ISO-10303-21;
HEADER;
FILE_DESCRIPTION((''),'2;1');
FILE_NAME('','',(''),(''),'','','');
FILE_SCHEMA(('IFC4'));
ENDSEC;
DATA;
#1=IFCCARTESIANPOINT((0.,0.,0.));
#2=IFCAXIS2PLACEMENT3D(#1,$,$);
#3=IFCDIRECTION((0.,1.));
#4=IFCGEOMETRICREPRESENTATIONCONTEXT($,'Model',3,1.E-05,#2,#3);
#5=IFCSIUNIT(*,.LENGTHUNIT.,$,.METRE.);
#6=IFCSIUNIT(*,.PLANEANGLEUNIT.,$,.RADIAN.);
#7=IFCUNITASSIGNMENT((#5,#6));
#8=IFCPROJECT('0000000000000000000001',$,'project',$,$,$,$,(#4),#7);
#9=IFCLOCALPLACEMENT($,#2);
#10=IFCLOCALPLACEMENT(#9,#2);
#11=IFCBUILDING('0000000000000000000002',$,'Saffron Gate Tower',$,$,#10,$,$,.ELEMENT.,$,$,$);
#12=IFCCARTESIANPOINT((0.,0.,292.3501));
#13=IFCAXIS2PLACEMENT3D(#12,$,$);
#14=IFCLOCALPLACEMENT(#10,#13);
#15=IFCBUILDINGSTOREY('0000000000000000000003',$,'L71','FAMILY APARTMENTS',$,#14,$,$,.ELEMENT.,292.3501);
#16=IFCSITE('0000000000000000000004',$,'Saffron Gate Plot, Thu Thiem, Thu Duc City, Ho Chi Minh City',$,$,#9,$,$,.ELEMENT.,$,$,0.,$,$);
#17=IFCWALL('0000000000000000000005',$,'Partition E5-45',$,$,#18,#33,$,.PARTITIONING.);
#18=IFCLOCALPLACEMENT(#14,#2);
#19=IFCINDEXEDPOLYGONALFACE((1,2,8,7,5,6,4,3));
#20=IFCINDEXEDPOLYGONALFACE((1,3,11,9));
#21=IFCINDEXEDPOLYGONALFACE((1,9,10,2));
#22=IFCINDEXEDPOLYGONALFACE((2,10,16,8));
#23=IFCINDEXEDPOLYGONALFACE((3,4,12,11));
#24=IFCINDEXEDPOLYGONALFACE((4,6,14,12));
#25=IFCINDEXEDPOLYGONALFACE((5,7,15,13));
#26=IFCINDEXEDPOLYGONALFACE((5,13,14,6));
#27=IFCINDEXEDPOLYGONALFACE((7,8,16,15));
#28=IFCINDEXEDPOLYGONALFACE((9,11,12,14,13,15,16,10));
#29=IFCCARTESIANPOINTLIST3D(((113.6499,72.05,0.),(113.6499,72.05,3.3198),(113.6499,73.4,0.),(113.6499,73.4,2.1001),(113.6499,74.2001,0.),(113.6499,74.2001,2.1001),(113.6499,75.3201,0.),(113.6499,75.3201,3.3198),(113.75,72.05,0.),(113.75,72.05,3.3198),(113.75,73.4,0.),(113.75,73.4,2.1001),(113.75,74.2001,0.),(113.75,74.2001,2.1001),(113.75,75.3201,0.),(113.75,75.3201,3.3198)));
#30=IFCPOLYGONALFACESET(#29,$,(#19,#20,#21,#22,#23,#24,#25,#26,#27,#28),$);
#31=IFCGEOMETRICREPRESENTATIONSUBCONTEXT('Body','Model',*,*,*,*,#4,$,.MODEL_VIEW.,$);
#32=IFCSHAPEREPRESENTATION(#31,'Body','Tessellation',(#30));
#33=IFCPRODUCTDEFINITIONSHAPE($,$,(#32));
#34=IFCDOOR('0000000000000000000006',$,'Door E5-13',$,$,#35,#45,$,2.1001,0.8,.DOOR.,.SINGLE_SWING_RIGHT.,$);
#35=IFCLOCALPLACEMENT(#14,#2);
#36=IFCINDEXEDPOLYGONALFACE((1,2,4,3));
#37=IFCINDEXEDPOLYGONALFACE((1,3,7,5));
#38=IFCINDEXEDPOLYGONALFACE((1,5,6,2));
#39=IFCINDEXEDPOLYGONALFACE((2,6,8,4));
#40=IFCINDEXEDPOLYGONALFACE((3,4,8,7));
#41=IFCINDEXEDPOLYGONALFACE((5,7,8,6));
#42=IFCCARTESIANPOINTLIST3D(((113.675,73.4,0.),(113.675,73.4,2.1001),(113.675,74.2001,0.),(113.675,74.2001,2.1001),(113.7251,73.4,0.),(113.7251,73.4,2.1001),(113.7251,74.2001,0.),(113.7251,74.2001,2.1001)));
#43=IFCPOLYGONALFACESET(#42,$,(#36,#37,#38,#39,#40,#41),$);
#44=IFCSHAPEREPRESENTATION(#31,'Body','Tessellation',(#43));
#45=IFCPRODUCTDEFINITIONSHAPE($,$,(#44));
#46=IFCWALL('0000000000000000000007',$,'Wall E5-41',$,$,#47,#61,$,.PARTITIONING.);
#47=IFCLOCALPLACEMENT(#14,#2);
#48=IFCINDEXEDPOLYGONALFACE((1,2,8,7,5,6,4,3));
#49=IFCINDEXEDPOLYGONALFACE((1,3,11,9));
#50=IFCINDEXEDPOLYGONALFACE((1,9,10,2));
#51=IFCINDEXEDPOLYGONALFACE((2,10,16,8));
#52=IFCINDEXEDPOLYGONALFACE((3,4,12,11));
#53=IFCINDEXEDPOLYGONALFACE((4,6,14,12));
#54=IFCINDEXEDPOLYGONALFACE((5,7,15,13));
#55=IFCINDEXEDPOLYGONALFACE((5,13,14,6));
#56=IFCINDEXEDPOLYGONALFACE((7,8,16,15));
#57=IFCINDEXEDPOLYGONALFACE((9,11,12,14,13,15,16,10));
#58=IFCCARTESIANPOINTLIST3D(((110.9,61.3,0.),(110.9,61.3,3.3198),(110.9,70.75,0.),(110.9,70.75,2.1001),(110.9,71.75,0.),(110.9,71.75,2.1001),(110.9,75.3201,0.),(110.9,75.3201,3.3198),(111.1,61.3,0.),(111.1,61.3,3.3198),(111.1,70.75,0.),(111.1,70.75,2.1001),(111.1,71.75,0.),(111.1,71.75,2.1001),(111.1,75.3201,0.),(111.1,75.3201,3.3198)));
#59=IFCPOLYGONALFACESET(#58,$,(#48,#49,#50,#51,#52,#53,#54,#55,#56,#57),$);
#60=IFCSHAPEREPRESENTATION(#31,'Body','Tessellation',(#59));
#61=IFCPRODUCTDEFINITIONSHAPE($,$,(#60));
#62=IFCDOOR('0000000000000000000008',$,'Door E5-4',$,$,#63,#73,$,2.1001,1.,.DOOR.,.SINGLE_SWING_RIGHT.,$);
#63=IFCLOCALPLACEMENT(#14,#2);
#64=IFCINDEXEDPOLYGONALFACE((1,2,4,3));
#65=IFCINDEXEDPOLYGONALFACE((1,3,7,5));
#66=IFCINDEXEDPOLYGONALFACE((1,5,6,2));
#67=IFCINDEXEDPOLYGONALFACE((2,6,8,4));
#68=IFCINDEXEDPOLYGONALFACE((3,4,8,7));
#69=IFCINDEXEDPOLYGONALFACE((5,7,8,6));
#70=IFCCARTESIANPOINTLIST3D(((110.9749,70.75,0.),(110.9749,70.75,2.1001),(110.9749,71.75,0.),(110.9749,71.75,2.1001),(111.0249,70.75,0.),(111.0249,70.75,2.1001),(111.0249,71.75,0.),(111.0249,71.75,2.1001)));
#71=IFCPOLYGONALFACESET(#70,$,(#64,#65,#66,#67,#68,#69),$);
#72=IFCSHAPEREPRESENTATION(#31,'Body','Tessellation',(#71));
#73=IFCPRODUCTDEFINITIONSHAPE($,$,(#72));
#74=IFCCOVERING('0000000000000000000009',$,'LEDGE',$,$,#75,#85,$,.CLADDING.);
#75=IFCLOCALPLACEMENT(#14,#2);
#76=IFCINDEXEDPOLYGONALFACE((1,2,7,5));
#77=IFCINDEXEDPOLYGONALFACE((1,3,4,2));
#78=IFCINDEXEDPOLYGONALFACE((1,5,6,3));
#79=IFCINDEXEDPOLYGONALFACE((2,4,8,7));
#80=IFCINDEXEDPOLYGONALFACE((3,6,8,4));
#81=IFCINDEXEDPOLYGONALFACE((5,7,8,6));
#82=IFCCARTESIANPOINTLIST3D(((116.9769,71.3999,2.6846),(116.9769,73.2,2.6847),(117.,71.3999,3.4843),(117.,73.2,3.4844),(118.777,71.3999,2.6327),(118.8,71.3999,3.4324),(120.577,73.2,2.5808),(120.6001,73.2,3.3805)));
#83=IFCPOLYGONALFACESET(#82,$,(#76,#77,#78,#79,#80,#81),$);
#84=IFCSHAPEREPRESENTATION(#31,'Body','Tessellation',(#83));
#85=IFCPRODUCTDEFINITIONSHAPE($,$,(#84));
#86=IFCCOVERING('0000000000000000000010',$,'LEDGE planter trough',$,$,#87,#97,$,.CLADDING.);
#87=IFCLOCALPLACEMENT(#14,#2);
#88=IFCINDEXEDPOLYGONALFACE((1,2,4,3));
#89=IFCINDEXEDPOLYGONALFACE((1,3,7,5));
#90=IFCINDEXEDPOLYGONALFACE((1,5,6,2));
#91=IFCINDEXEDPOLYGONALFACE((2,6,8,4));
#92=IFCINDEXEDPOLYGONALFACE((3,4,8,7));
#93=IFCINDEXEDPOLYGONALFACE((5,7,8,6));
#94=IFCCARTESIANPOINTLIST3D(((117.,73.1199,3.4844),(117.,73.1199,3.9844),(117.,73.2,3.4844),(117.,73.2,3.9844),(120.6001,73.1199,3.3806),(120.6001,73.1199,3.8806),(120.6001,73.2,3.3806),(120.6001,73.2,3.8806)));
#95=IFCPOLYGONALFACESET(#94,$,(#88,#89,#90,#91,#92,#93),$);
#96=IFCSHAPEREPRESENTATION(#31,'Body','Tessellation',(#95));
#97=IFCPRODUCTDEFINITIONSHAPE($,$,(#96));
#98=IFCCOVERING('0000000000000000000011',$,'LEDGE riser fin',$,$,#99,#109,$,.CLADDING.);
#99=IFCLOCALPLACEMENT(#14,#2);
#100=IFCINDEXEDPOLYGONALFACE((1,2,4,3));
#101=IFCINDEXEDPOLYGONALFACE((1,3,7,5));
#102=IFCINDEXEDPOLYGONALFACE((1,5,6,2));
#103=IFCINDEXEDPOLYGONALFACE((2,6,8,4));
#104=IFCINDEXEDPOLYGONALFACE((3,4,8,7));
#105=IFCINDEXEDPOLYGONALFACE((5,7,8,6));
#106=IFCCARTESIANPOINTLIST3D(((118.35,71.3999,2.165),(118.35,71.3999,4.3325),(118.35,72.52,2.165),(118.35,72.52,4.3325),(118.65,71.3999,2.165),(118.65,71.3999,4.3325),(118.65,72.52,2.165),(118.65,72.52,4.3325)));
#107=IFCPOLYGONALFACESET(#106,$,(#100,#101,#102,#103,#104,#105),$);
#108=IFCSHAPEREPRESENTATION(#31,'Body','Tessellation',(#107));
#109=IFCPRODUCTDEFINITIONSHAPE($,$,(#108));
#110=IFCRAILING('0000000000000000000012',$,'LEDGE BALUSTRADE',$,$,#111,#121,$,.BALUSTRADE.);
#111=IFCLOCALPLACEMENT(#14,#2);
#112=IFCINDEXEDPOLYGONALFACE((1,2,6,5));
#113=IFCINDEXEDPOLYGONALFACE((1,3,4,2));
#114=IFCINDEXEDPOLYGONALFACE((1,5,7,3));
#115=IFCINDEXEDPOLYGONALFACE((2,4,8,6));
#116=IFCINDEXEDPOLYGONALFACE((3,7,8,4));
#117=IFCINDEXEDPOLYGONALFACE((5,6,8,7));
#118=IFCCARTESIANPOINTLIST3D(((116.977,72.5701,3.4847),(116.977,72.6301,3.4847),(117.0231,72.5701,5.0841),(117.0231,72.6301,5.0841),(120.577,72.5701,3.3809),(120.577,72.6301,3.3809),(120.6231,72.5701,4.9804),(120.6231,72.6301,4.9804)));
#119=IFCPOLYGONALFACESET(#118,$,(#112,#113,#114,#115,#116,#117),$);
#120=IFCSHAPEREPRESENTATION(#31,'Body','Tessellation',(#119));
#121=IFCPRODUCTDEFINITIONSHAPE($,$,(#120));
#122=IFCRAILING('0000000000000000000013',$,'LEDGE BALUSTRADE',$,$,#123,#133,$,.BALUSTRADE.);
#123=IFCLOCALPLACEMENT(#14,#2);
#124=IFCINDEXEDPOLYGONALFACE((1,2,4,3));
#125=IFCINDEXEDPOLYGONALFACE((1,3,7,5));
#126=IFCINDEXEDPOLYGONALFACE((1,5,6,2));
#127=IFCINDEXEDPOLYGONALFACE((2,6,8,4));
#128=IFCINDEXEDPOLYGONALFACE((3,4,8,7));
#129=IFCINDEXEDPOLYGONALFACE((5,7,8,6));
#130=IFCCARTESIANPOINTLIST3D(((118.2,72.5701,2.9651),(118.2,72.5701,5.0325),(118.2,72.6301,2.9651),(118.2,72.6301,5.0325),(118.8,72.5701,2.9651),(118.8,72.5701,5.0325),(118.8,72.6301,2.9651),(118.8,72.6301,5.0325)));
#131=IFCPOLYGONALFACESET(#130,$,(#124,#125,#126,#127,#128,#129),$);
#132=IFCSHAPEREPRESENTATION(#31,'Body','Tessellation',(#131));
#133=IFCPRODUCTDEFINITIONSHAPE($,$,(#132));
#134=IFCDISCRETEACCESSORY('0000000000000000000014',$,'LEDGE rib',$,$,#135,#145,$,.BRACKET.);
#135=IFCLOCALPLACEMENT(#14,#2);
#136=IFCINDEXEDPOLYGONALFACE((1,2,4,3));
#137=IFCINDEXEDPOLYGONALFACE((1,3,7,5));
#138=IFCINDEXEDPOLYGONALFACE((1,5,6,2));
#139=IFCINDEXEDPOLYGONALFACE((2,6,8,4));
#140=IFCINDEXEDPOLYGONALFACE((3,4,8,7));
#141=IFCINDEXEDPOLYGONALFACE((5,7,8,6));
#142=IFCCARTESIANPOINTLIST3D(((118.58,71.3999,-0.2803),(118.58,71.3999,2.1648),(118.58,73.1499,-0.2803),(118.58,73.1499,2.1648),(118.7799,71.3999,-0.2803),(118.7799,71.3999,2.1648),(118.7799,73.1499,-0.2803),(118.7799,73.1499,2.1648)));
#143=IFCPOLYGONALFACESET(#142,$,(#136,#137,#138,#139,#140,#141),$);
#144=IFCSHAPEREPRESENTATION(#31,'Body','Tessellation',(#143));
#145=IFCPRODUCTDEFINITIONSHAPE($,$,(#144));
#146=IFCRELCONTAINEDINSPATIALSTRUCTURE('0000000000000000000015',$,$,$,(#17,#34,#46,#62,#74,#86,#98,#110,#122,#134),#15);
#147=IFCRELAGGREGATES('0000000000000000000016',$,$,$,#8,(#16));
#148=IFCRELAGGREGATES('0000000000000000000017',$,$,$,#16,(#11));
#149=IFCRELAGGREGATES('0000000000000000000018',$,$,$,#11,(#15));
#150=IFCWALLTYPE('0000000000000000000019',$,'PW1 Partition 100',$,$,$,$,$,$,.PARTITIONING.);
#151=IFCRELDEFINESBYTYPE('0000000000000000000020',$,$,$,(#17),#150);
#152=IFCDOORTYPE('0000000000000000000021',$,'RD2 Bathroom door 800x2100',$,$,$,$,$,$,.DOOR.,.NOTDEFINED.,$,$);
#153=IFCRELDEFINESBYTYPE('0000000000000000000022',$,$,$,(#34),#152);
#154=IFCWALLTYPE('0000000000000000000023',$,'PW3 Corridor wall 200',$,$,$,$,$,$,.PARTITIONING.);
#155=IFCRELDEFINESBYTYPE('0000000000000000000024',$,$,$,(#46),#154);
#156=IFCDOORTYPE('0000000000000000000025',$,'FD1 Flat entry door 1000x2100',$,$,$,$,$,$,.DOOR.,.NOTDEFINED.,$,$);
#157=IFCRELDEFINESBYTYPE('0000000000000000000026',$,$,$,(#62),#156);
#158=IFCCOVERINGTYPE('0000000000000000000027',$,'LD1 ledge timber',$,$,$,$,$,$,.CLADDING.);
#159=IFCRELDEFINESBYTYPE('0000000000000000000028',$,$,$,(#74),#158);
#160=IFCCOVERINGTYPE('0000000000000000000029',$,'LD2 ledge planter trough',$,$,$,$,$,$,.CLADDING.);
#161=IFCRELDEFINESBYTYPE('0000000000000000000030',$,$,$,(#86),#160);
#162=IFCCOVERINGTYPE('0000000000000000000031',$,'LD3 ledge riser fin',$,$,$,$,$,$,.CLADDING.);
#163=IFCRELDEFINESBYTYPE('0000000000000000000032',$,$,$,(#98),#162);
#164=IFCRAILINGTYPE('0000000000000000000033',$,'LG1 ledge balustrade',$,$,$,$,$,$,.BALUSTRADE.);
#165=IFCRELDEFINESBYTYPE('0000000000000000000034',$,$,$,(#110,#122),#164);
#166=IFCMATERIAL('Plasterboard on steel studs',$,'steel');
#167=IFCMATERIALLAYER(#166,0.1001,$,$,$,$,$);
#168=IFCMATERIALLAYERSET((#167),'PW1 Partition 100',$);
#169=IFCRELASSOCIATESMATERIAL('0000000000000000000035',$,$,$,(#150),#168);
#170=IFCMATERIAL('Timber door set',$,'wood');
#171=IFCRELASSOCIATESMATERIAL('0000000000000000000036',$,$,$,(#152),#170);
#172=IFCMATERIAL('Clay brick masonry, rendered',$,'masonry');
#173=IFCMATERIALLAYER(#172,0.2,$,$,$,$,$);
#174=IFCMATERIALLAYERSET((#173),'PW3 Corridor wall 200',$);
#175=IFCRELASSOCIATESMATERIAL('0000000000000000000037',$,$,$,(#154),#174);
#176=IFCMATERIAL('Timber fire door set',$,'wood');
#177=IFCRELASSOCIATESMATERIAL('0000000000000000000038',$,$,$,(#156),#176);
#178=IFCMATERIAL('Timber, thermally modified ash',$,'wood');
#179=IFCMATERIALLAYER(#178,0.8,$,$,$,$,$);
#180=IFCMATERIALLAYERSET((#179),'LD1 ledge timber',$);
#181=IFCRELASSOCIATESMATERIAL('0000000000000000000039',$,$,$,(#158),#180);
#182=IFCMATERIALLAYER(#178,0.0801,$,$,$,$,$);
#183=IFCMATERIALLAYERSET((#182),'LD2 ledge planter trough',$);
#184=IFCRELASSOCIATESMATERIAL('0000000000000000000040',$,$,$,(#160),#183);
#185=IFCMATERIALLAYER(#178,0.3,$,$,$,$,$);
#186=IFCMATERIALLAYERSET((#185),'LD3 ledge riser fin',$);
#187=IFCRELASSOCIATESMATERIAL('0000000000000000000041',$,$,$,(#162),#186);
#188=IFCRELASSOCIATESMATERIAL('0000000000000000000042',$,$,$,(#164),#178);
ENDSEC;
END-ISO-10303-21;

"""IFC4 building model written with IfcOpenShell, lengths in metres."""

from ifc_helpers import new_model, si_unit, direction, frame, frame_2d, origin, origin_2d, place, context, subcontext, project, spatial, polyline, rectangle, outline, extrude, material, layer, layer_set, type_object, element, fill, save


model = new_model("IFC4")

# Units and contexts
model_context = context("Model", 3, precision=1e-05, world=origin(), true_north=direction((0.0, 1.0)))
body_context = subcontext(model_context, "Body", "Model", "MODEL_VIEW")
ifc_project = project(units=[si_unit("LENGTHUNIT", "METRE"), si_unit("PLANEANGLEUNIT", "RADIAN")], contexts=[model_context])

# Site, building, storey
site_placement = place(None, origin())
site = spatial("IfcSite", under=ifc_project, at=site_placement, Name="Saffron Gate Plot, Thu Thiem, Thu Duc City, Ho Chi Minh City", CompositionType="ELEMENT", RefElevation=0.0)
building_placement = place(site_placement, origin())
building = spatial("IfcBuilding", under=site, at=building_placement, Name="Saffron Gate Tower", CompositionType="ELEMENT")
storey_placement = place(building_placement, frame((0.0, 0.0, 292.3501)))
storey = spatial("IfcBuildingStorey", under=building, at=storey_placement, Name="L71", Description="FAMILY APARTMENTS", CompositionType="ELEMENT", Elevation=292.3501)

# Shared definitions
ifc_material_1 = material(Name="Plasterboard on steel studs", Category="steel")
ifc_layer_1 = layer(ifc_material_1, 0.1001)
ifc_layer_set_1 = layer_set([ifc_layer_1], Name="PW1 Partition 100")
wall_type_1 = type_object("IfcWallType", Name="PW1 Partition 100", PredefinedType="PARTITIONING", material=ifc_layer_set_1)

# Walls, openings, doors
wall_1_placement = place(storey_placement, frame((113.7, 72.05, 0.0), z_axis=(0.0, 0.0, 1.0), x_axis=(0.0, 1.0, 0.0)))
wall_1 = element("IfcWall", 1, at=wall_1_placement, inside=storey, type_object=wall_type_1, Name="Partition E5-45", PredefinedType="PARTITIONING", context=body_context, shape_type="SweptSolid", body=[
    extrude(rectangle(XDim=3.27, YDim=0.1001, at=frame_2d((1.635, 0.0))), origin(), (0.0, 0.0, 1.0), 3.3198),
])
opening_1_placement = place(wall_1_placement, frame((1.3501, 0.0, 0.0)))
opening_1 = element("IfcOpeningElement", 2, at=opening_1_placement, cuts=wall_1, PredefinedType="OPENING", context=body_context, shape_type="SweptSolid", body=[
    extrude(rectangle(XDim=0.8, YDim=2.1001, at=frame_2d((0.3999, 1.05))), frame((0.0, 0.0601, 0.0), z_axis=(0.0, -1.0, 0.0), x_axis=(1.0, 0.0, 0.0)), (0.0, 0.0, 1.0), 0.1201),
])
ifc_material_2 = material(Name="Timber door set", Category="wood")
door_type_1 = type_object("IfcDoorType", Name="RD2 Bathroom door 800x2100", OperationType="NOTDEFINED", PredefinedType="DOOR", material=ifc_material_2)
door_1_placement = place(opening_1_placement, origin())
door_1 = element("IfcDoor", 3, at=door_1_placement, inside=storey, type_object=door_type_1, Name="Door E5-13", OperationType="SINGLE_SWING_RIGHT", OverallHeight=2.1001, OverallWidth=0.8, PredefinedType="DOOR", context=body_context, shape_type="SweptSolid", body=[
    extrude(rectangle(XDim=0.8, YDim=2.1001, at=frame_2d((0.3999, 1.05))), frame((0.0, 0.0249, 0.0), z_axis=(0.0, -1.0, 0.0), x_axis=(1.0, 0.0, 0.0)), (0.0, 0.0, 1.0), 0.05),
])
fill(opening_1, door_1)
ifc_material_3 = material(Name="Clay brick masonry, rendered", Category="masonry")
ifc_layer_2 = layer(ifc_material_3, 0.2)
ifc_layer_set_2 = layer_set([ifc_layer_2], Name="PW3 Corridor wall 200")
wall_type_2 = type_object("IfcWallType", Name="PW3 Corridor wall 200", PredefinedType="PARTITIONING", material=ifc_layer_set_2)
wall_2_placement = place(storey_placement, frame((111.0, 75.3201, 0.0), z_axis=(0.0, 0.0, 1.0), x_axis=(0.0, -1.0, 0.0)))
wall_2 = element("IfcWall", 4, at=wall_2_placement, inside=storey, type_object=wall_type_2, Name="Wall E5-41", PredefinedType="PARTITIONING", context=body_context, shape_type="SweptSolid", body=[
    extrude(rectangle(XDim=14.02, YDim=0.2, at=frame_2d((7.01, 0.0))), origin(), (0.0, 0.0, 1.0), 3.3198),
])
opening_2_placement = place(wall_2_placement, frame((3.5701, 0.0, 0.0)))
opening_2 = element("IfcOpeningElement", 5, at=opening_2_placement, cuts=wall_2, PredefinedType="OPENING", context=body_context, shape_type="SweptSolid", body=[
    extrude(rectangle(XDim=1.0, YDim=2.1001, at=frame_2d((0.5, 1.05))), frame((0.0, 0.1099, 0.0), z_axis=(0.0, -1.0, 0.0), x_axis=(1.0, 0.0, 0.0)), (0.0, 0.0, 1.0), 0.22),
])
ifc_material_4 = material(Name="Timber fire door set", Category="wood")
door_type_2 = type_object("IfcDoorType", Name="FD1 Flat entry door 1000x2100", OperationType="NOTDEFINED", PredefinedType="DOOR", material=ifc_material_4)
door_2_placement = place(opening_2_placement, origin())
door_2 = element("IfcDoor", 6, at=door_2_placement, inside=storey, type_object=door_type_2, Name="Door E5-4", OperationType="SINGLE_SWING_RIGHT", OverallHeight=2.1001, OverallWidth=1.0, PredefinedType="DOOR", context=body_context, shape_type="SweptSolid", body=[
    extrude(rectangle(XDim=1.0, YDim=2.1001, at=frame_2d((0.5, 1.05))), frame((0.0, 0.0249, 0.0), z_axis=(0.0, -1.0, 0.0), x_axis=(1.0, 0.0, 0.0)), (0.0, 0.0, 1.0), 0.05),
])
fill(opening_2, door_2)

# Coverings
ifc_material_5 = material(Name="Timber, thermally modified ash", Category="wood")
ifc_layer_3 = layer(ifc_material_5, 0.8)
ifc_layer_set_3 = layer_set([ifc_layer_3], Name="LD1 ledge timber")
covering_type_1 = type_object("IfcCoveringType", Name="LD1 ledge timber", PredefinedType="CLADDING", material=ifc_layer_set_3)
covering_1_placement = place(storey_placement, frame((118.8, 71.3999, 3.4324), z_axis=(0.028832, -0.000045, 0.999584), x_axis=(-0.999584, 0.0, 0.028832)))
element("IfcCovering", 7, at=covering_1_placement, inside=storey, type_object=covering_type_1, Name="LEDGE", PredefinedType="CLADDING", context=body_context, shape_type="SweptSolid", body=[
    extrude(outline(polyline([(0.0, 0.0), (1.8008, 0.0), (1.8008, -1.8), (-1.8008, -1.8), (0.0, 0.0)])), origin(), (0.0, 0.0, -1.0), 0.8),
])
ifc_layer_4 = layer(ifc_material_5, 0.0801)
ifc_layer_set_4 = layer_set([ifc_layer_4], Name="LD2 ledge planter trough")
covering_type_2 = type_object("IfcCoveringType", Name="LD2 ledge planter trough", PredefinedType="CLADDING", material=ifc_layer_set_4)
covering_2_placement = place(storey_placement, frame((120.6001, 73.2, 3.3806), z_axis=(0.0, 1.0, 0.0), x_axis=(-0.999585, 0.0, 0.028809)))
element("IfcCovering", 8, at=covering_2_placement, inside=storey, type_object=covering_type_2, Name="LEDGE planter trough", PredefinedType="CLADDING", context=body_context, shape_type="SweptSolid", body=[
    extrude(outline(polyline([(0.0, 0.0), (3.6016, 0.0), (3.616, 0.4998), (0.0144, 0.4998), (0.0, 0.0)])), origin(), (0.0, 0.0, -1.0), 0.0801),
])
ifc_layer_5 = layer(ifc_material_5, 0.3)
ifc_layer_set_5 = layer_set([ifc_layer_5], Name="LD3 ledge riser fin")
covering_type_3 = type_object("IfcCoveringType", Name="LD3 ledge riser fin", PredefinedType="CLADDING", material=ifc_layer_set_5)
covering_3_placement = place(storey_placement, frame((118.5, 71.96, 2.165), z_axis=(0.0, 0.0, 1.0), x_axis=(-1.0, 0.0, 0.0)))
element("IfcCovering", 9, at=covering_3_placement, inside=storey, type_object=covering_type_3, Name="LEDGE riser fin", PredefinedType="CLADDING", context=body_context, shape_type="SweptSolid", body=[
    extrude(rectangle(XDim=0.3, YDim=1.1201, at=origin_2d()), origin(), (0.0, 0.0, 1.0), 2.1675),
])

# Railings
railing_type = type_object("IfcRailingType", Name="LG1 ledge balustrade", PredefinedType="BALUSTRADE", material=ifc_material_5)
railing_1_placement = place(storey_placement, frame((120.6001, 72.6001, 3.3806)))
element("IfcRailing", 10, at=railing_1_placement, inside=storey, type_object=railing_type, Name="LEDGE BALUSTRADE", PredefinedType="BALUSTRADE", context=body_context, shape_type="SweptSolid", body=[
    extrude(rectangle(XDim=0.0601, YDim=1.6001, at=origin_2d()), frame((0.0, 0.0, 0.8), z_axis=(-0.999585, 0.0, 0.028809), x_axis=(0.0, -1.0, 0.0)), (0.0, 0.0, 1.0), 3.6016),
])
railing_2_placement = place(storey_placement, frame((118.8, 72.6001, 2.9651)))
element("IfcRailing", 11, at=railing_2_placement, inside=storey, type_object=railing_type, Name="LEDGE BALUSTRADE", PredefinedType="BALUSTRADE", context=body_context, shape_type="SweptSolid", body=[
    extrude(rectangle(XDim=0.0601, YDim=2.0674, at=origin_2d()), frame((0.0, 0.0, 1.0337), z_axis=(-1.0, 0.0, 0.0), x_axis=(0.0, -1.0, 0.0)), (0.0, 0.0, 1.0), 0.6001),
])

# Discrete accessory
discrete_accessory_placement = place(storey_placement, frame((118.6799, 72.2749, -0.2803), z_axis=(0.0, 0.0, 1.0), x_axis=(-1.0, 0.0, 0.0)))
element("IfcDiscreteAccessory", 12, at=discrete_accessory_placement, inside=storey, Name="LEDGE rib", PredefinedType="BRACKET", context=body_context, shape_type="SweptSolid", body=[
    extrude(rectangle(XDim=0.2, YDim=1.75, at=origin_2d()), origin(), (0.0, 0.0, 1.0), 2.4451),
])

save(model, "model.ifc")
